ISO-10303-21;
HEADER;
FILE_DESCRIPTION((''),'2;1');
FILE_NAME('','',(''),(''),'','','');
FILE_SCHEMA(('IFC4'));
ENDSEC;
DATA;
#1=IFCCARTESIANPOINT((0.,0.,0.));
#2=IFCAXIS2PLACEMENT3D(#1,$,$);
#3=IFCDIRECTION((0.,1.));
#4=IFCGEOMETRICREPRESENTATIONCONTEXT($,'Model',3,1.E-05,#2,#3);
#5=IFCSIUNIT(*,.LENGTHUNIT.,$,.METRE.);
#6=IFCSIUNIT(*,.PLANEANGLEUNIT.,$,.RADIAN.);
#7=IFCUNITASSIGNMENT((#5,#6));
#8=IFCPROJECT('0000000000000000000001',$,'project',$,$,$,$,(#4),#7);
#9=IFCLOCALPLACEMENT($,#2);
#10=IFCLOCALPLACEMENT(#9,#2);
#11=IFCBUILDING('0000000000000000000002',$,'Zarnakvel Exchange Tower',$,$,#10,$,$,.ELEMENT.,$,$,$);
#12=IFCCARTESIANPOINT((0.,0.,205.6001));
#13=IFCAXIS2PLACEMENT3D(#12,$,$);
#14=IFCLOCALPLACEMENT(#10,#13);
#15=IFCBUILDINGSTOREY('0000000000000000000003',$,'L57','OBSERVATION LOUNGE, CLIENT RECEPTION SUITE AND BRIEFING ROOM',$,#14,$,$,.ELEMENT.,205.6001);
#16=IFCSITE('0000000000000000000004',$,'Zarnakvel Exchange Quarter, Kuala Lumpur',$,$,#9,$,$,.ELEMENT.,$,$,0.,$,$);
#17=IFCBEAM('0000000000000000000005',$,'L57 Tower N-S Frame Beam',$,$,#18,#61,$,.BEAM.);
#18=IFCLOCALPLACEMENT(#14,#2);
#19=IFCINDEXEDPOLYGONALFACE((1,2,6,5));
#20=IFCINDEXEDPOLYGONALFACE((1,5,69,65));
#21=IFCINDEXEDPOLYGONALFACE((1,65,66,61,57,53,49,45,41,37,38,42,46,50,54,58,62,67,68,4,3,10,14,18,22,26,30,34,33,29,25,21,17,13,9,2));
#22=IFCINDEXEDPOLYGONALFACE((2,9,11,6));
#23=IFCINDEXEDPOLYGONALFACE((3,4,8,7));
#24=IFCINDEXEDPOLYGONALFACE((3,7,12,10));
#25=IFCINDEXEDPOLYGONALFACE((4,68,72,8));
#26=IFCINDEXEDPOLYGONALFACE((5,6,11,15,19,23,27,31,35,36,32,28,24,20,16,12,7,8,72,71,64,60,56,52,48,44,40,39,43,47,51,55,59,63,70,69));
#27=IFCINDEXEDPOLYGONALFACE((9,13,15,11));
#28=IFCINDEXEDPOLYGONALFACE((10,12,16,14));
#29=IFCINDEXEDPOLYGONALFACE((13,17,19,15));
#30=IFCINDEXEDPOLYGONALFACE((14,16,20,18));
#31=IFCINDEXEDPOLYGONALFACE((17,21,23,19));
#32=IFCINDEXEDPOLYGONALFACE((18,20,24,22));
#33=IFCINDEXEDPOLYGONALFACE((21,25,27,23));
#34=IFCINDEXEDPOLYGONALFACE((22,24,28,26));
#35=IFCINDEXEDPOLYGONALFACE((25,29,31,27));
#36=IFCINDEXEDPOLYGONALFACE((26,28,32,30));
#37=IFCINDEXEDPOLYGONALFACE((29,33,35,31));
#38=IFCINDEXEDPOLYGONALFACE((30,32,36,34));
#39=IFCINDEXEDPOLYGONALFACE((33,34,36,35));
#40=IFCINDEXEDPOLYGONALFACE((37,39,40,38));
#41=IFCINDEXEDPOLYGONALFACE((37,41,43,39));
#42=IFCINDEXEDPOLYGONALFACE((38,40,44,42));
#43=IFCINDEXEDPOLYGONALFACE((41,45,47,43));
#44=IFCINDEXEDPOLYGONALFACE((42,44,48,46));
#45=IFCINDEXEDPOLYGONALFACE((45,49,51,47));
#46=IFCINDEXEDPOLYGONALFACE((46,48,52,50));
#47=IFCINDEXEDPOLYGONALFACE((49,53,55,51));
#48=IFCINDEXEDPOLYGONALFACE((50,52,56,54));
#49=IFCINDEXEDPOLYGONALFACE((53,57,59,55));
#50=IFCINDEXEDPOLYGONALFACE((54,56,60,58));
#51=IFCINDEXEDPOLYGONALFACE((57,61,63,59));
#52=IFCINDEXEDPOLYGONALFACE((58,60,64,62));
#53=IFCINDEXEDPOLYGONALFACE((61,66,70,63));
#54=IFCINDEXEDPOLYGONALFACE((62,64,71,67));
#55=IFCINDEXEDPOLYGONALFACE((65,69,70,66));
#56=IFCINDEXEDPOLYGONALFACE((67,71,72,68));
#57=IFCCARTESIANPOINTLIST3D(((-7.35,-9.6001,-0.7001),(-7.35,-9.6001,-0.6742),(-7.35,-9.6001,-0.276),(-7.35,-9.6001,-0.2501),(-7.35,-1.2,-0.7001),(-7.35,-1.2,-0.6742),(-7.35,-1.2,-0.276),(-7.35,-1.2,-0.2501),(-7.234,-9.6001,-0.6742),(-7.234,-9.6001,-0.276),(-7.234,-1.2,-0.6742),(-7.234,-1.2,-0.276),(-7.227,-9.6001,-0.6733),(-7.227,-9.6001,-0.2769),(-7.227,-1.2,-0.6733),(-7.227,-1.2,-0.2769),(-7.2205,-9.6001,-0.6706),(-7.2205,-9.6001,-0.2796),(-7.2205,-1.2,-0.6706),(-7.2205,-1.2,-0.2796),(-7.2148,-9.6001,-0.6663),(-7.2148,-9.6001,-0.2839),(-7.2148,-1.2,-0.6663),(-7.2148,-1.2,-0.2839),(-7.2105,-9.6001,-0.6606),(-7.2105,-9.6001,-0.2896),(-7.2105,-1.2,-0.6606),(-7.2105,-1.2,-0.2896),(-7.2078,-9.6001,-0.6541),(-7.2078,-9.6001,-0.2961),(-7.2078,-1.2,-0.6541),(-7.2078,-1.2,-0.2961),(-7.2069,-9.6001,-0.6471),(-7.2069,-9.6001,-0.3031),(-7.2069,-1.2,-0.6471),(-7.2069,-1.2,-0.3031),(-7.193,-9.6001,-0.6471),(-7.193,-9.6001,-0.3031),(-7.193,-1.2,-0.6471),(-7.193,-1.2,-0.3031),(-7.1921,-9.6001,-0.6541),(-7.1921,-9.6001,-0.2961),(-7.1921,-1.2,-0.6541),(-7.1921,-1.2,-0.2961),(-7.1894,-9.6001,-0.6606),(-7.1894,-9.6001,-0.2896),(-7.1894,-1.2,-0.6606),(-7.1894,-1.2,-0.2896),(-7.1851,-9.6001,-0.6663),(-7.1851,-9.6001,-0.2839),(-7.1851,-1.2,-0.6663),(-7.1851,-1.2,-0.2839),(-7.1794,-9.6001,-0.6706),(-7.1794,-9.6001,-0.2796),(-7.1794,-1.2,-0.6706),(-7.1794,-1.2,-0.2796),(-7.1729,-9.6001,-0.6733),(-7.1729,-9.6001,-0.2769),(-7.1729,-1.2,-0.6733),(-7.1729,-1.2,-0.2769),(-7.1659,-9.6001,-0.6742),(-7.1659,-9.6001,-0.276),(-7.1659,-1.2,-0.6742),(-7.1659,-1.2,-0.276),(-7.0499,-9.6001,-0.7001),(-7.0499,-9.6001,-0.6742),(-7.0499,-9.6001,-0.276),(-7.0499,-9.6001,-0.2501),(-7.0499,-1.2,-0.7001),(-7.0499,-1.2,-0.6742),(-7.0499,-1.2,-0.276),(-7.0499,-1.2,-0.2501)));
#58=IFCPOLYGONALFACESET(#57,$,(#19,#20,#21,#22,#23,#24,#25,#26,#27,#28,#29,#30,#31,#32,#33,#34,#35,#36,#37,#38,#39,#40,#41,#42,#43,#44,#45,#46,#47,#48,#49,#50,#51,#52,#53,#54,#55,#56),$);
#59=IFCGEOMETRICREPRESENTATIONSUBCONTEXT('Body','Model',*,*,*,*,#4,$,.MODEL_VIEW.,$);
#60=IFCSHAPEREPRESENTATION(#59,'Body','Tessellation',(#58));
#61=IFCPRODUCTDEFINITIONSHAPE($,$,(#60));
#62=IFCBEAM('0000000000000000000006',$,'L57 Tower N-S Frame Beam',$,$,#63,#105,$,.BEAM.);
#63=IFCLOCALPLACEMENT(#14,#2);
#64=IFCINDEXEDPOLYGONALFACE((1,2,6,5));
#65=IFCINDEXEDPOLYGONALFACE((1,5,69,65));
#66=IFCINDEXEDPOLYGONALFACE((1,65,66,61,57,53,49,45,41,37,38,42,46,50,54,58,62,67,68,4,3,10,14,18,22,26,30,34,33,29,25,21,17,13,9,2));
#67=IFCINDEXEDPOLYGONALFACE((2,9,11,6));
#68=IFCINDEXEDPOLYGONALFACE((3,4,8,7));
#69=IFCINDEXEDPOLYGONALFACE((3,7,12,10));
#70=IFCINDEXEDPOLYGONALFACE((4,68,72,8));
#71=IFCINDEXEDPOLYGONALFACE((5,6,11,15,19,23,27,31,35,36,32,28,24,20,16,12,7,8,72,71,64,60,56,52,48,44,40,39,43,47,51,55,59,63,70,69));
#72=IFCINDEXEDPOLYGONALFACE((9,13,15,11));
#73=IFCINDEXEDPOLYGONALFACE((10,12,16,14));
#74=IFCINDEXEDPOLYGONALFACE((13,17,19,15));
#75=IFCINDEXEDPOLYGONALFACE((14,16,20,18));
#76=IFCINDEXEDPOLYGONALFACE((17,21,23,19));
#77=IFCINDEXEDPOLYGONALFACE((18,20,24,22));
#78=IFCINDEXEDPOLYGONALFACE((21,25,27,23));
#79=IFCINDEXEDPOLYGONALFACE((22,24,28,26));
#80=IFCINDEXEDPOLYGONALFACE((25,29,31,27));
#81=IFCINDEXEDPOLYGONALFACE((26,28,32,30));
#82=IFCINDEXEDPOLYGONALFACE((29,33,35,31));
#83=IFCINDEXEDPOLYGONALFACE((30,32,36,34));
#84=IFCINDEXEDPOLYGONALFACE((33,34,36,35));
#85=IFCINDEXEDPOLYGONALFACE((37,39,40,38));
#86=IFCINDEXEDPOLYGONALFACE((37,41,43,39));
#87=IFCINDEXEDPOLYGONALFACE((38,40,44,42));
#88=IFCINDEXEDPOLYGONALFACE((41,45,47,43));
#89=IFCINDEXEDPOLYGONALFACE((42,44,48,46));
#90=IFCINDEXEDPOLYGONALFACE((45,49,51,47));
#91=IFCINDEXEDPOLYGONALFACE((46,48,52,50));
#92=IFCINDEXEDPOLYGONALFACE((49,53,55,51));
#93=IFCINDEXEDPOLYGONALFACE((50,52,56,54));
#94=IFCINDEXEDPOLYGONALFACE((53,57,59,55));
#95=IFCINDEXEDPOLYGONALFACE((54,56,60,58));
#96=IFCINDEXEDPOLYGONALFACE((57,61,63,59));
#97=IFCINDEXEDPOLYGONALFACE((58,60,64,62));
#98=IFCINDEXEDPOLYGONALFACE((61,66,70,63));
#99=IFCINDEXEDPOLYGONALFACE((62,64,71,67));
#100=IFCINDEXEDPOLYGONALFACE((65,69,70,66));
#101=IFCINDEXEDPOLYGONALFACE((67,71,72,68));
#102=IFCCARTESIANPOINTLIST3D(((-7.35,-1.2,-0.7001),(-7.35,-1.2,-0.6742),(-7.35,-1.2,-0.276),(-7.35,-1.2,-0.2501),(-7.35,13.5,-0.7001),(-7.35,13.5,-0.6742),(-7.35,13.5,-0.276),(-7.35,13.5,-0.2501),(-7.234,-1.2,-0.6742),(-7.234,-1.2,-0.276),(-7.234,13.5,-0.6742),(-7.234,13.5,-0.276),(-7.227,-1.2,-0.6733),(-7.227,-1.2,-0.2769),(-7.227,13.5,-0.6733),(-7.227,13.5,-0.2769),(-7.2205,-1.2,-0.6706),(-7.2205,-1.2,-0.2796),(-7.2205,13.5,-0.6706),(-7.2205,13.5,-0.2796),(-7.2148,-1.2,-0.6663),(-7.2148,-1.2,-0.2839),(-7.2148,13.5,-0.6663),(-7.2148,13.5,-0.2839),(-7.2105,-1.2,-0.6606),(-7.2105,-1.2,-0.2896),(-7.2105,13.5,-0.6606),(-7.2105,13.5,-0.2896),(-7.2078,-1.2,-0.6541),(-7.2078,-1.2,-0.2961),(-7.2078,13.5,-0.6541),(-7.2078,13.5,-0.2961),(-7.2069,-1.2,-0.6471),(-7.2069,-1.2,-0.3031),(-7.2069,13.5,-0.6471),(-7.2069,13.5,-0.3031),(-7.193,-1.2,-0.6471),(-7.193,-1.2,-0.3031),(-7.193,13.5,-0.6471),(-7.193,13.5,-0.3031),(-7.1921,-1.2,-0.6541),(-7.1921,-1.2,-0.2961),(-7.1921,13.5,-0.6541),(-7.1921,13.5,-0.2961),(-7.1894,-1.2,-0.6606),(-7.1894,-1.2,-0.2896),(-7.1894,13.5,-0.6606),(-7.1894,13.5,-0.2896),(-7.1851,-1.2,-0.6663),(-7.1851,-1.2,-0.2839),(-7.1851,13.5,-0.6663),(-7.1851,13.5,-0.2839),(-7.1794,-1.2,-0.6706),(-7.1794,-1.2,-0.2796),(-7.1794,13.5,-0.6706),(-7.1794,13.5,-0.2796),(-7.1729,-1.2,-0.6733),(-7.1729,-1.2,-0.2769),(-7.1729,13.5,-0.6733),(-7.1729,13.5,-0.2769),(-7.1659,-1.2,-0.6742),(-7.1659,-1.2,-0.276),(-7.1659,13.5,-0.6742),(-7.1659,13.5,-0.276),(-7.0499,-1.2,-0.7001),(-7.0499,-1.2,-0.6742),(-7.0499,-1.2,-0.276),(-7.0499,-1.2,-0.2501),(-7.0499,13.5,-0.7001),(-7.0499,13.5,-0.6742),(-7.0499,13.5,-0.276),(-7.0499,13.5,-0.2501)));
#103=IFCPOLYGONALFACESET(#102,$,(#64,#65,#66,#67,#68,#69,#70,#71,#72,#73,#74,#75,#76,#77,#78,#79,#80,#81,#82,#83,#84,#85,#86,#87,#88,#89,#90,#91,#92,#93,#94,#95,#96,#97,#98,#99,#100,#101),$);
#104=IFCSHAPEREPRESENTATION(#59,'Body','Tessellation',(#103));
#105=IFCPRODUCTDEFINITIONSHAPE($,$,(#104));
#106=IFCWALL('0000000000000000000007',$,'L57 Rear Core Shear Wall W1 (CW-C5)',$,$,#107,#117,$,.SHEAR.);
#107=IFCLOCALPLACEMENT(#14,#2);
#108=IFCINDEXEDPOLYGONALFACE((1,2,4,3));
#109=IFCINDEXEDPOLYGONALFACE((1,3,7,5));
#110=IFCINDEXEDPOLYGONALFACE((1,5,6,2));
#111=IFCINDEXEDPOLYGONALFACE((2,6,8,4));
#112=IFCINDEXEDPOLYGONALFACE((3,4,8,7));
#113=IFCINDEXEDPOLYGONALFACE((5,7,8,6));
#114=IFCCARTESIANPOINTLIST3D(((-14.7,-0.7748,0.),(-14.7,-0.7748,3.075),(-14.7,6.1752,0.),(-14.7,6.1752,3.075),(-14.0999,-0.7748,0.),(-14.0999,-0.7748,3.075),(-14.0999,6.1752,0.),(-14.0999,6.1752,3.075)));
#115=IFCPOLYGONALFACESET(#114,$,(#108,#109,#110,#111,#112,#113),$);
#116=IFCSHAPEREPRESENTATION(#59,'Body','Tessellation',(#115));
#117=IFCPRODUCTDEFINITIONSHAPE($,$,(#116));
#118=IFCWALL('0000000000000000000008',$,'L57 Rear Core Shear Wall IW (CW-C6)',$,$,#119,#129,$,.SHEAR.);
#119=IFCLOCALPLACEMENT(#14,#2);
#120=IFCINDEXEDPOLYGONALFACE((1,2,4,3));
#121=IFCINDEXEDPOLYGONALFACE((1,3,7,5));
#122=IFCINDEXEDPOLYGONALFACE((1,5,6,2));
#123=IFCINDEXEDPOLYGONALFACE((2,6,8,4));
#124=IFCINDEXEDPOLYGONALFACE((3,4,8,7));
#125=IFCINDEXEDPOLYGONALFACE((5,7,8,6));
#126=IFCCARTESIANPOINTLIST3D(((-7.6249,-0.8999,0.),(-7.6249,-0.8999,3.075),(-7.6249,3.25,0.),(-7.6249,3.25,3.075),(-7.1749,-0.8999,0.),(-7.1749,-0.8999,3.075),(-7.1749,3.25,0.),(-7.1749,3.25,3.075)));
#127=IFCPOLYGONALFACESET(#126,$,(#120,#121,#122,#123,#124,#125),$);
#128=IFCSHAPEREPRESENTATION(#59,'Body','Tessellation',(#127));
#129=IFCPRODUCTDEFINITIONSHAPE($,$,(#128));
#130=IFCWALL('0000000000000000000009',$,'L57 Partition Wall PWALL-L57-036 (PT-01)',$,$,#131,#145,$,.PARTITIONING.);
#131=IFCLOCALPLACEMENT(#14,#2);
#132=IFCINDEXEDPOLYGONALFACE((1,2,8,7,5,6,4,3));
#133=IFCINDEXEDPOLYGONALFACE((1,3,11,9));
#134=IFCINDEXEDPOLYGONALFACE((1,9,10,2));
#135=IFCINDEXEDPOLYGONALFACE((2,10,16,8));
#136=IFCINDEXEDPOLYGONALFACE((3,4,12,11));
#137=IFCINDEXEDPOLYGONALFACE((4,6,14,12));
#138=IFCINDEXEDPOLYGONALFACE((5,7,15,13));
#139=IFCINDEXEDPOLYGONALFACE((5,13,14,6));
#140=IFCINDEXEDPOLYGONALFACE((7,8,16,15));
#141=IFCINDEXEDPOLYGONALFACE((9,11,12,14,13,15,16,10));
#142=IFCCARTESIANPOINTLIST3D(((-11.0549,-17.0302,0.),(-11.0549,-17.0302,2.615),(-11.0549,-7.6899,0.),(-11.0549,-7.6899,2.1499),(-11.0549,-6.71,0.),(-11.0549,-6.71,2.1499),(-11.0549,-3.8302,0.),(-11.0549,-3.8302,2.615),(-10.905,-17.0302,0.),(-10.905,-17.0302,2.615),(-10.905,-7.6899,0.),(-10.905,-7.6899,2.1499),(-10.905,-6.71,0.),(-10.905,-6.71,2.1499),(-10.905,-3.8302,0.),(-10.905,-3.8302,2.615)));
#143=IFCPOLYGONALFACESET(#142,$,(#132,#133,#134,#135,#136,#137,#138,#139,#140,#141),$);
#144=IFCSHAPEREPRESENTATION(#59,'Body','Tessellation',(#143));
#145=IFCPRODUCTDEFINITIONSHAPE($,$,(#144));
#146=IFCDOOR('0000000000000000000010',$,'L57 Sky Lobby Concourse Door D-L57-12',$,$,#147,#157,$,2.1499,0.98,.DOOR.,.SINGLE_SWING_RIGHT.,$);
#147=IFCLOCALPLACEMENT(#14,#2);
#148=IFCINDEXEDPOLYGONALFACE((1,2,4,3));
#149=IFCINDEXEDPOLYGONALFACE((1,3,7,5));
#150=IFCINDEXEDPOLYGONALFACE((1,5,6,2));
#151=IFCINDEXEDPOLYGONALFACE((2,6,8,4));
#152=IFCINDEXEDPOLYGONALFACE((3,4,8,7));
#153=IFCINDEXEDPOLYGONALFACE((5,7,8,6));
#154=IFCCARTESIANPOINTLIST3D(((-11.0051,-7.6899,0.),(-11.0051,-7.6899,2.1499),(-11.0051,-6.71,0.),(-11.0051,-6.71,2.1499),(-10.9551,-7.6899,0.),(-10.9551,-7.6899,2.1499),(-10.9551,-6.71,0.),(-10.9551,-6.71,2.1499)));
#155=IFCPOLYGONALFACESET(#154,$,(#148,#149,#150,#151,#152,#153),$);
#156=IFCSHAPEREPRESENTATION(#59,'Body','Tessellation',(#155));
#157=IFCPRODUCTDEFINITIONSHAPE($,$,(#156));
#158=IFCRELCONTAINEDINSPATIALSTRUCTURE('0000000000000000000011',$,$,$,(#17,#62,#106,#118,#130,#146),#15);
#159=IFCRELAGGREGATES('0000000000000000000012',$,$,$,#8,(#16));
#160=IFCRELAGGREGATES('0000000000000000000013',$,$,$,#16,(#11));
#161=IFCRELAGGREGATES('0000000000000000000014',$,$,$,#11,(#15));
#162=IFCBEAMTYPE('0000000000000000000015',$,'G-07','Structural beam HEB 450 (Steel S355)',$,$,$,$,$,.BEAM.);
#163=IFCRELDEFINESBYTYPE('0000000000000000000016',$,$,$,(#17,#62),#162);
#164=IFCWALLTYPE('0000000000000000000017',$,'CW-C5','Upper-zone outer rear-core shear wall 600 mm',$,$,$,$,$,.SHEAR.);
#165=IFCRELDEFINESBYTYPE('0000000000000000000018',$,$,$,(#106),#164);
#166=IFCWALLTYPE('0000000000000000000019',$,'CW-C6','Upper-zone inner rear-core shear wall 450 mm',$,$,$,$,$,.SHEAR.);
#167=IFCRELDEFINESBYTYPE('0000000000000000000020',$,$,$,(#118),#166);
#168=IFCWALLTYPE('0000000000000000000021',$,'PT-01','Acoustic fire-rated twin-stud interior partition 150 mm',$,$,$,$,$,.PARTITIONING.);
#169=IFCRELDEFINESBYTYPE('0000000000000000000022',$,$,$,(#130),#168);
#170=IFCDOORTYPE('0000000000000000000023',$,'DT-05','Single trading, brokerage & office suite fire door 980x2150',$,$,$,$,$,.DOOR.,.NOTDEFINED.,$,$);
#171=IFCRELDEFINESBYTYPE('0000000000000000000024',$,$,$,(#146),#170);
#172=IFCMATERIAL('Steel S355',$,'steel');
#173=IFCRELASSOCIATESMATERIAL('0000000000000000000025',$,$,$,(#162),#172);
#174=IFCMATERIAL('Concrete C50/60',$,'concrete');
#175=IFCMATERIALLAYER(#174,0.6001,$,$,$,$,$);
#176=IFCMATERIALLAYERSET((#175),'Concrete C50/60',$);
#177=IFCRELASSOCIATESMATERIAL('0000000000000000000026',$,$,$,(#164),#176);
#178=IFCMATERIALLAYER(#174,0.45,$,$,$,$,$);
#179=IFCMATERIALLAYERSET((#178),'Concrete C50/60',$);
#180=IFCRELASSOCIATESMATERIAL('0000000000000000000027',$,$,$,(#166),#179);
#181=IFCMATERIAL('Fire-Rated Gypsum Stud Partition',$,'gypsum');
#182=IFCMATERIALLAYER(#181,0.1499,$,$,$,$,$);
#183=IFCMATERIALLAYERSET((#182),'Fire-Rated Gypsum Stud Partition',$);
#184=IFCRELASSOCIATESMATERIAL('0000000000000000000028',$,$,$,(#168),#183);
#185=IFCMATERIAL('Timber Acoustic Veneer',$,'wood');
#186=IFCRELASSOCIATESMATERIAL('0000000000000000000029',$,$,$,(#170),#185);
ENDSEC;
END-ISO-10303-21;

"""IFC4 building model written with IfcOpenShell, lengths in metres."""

from ifc_helpers import new_model, si_unit, direction, frame, frame_2d, origin, origin_2d, place, context, subcontext, project, spatial, rectangle, i_section, extrude, source, transform, mapped, material, layer, layer_set, material_profile, profile_set, type_object, element, fill, save


model = new_model("IFC4")

# Units and contexts
model_context = context("Model", 3, precision=1e-05, world=origin(), true_north=direction((0.0, 1.0)))
body_context = subcontext(model_context, "Body", "Model", "MODEL_VIEW")
ifc_project = project(units=[si_unit("LENGTHUNIT", "METRE"), si_unit("PLANEANGLEUNIT", "RADIAN")], contexts=[model_context])

# Site, building, storey
site_placement = place(None, origin())
site = spatial("IfcSite", under=ifc_project, at=site_placement, Name="Zarnakvel Exchange Quarter, Kuala Lumpur", CompositionType="ELEMENT", RefElevation=0.0)
building_placement = place(site_placement, origin())
building = spatial("IfcBuilding", under=site, at=building_placement, Name="Zarnakvel Exchange Tower", CompositionType="ELEMENT")
storey_placement = place(building_placement, frame((0.0, 0.0, 205.6001)))
storey = spatial("IfcBuildingStorey", under=building, at=storey_placement, Name="L57", Description="OBSERVATION LOUNGE, CLIENT RECEPTION SUITE AND BRIEFING ROOM", CompositionType="ELEMENT", Elevation=205.6001)

# Shared definitions
ifc_material_1 = material(Name="Concrete C50/60", Category="concrete")

# Beams
ifc_material_2 = material(Name="Steel S355", Category="steel")
ifc_material_profile_1 = material_profile(ifc_material_2, i_section(OverallWidth=0.3, OverallDepth=0.45, WebThickness=0.0139, FlangeThickness=0.0259, FilletRadius=0.0271, at=origin_2d()))
ifc_profile_set_1 = profile_set([ifc_material_profile_1], Name="Steel S355")
beam_type_1 = type_object("IfcBeamType", Name="G-07", Description="Structural beam HEB 450 (Steel S355)", PredefinedType="BEAM", material=ifc_profile_set_1)
for number, where, z_axis, x_axis, name in (
    (1, (-7.2, -9.6001, -0.4751), (0.0, 1.0, 0.0), (-1.0, 0.0, 0.0), "L57 Tower N-S Frame Beam"),
):
    element("IfcBeam", number, at=place(storey_placement, frame(where, z_axis=z_axis, x_axis=x_axis)), inside=storey, type_object=beam_type_1, Name=name, PredefinedType="BEAM", context=body_context, shape_type="SweptSolid", body=[
        extrude(i_section(OverallWidth=0.3, OverallDepth=0.45, WebThickness=0.0139, FlangeThickness=0.0259, FilletRadius=0.0271, at=origin_2d()), origin(), (0.0, 0.0, 1.0), 8.4001),
    ])
beam_1_placement = place(storey_placement, frame((-7.2, -1.2, -0.4751), z_axis=(0.0, 1.0, 0.0), x_axis=(-1.0, 0.0, 0.0)))
element("IfcBeam", 2, at=beam_1_placement, inside=storey, type_object=beam_type_1, Name="L57 Tower N-S Frame Beam", PredefinedType="BEAM", context=body_context, shape_type="SweptSolid", body=[
    extrude(i_section(OverallWidth=0.3, OverallDepth=0.45, WebThickness=0.0139, FlangeThickness=0.0259, FilletRadius=0.0271, at=origin_2d()), origin(), (0.0, 0.0, 1.0), 14.7),
])

# Wall
ifc_layer_1 = layer(ifc_material_1, 0.6001)
ifc_layer_set_1 = layer_set([ifc_layer_1], Name="Concrete C50/60")
wall_type_1 = type_object("IfcWallType", Name="CW-C5", Description="Upper-zone outer rear-core shear wall 600 mm", PredefinedType="SHEAR", material=ifc_layer_set_1)
wall_1_placement = place(storey_placement, frame((-14.3999, -0.7749, 0.0), z_axis=(0.0, 0.0, 1.0), x_axis=(0.0, 1.0, 0.0)))
element("IfcWall", 3, at=wall_1_placement, inside=storey, type_object=wall_type_1, Name="L57 Rear Core Shear Wall W1 (CW-C5)", PredefinedType="SHEAR", context=body_context, shape_type="SweptSolid", body=[
    extrude(rectangle(XDim=6.95, YDim=0.6001, at=frame_2d((3.4751, 0.0))), origin(), (0.0, 0.0, 1.0), 3.075),
])

# Wall
ifc_layer_2 = layer(ifc_material_1, 0.45)
ifc_layer_set_2 = layer_set([ifc_layer_2], Name="Concrete C50/60")
wall_type_2 = type_object("IfcWallType", Name="CW-C6", Description="Upper-zone inner rear-core shear wall 450 mm", PredefinedType="SHEAR", material=ifc_layer_set_2)
wall_2_placement = place(storey_placement, frame((-7.3999, -0.8999, 0.0), z_axis=(0.0, 0.0, 1.0), x_axis=(0.0, 1.0, 0.0)))
element("IfcWall", 4, at=wall_2_placement, inside=storey, type_object=wall_type_2, Name="L57 Rear Core Shear Wall IW (CW-C6)", PredefinedType="SHEAR", context=body_context, shape_type="SweptSolid", body=[
    extrude(rectangle(XDim=4.1499, YDim=0.45, at=frame_2d((2.075, 0.0))), origin(), (0.0, 0.0, 1.0), 3.075),
])

# Wall, opening, door
ifc_material_3 = material(Name="Fire-Rated Gypsum Stud Partition", Category="gypsum")
ifc_layer_3 = layer(ifc_material_3, 0.1499)
ifc_layer_set_3 = layer_set([ifc_layer_3], Name="Fire-Rated Gypsum Stud Partition")
wall_type_3 = type_object("IfcWallType", Name="PT-01", Description="Acoustic fire-rated twin-stud interior partition 150 mm", PredefinedType="PARTITIONING", material=ifc_layer_set_3)
wall_3_placement = place(storey_placement, frame((-10.98, -3.8301, 0.0), z_axis=(0.0, 0.0, 1.0), x_axis=(0.0, -1.0, 0.0)))
wall_3 = element("IfcWall", 5, at=wall_3_placement, inside=storey, type_object=wall_type_3, Name="L57 Partition Wall PWALL-L57-036 (PT-01)", PredefinedType="PARTITIONING", context=body_context, shape_type="SweptSolid", body=[
    extrude(rectangle(XDim=13.2, YDim=0.1499, at=frame_2d((6.6001, 0.0))), origin(), (0.0, 0.0, 1.0), 2.615),
])
opening_1_placement = place(wall_3_placement, frame((2.8799, 0.0, 0.0)))
opening_1 = element("IfcOpeningElement", 6, at=opening_1_placement, cuts=wall_3, PredefinedType="OPENING", context=body_context, shape_type="SweptSolid", body=[
    extrude(rectangle(XDim=0.98, YDim=2.1499, at=frame_2d((0.49, 1.075))), frame((0.0, 0.085, 0.0), z_axis=(0.0, -1.0, 0.0), x_axis=(1.0, 0.0, 0.0)), (0.0, 0.0, 1.0), 0.1699),
])
ifc_material_4 = material(Name="Timber Acoustic Veneer", Category="wood")
door_type_1 = type_object("IfcDoorType", Name="DT-05", Description="Single trading, brokerage & office suite fire door 980x2150", OperationType="NOTDEFINED", PredefinedType="DOOR", material=ifc_material_4)
shared_shape_1 = source(origin(), body_context, "Body", "SweptSolid", [
    extrude(rectangle(XDim=0.98, YDim=2.1499, at=frame_2d((0.49, 1.075))), frame((0.0, 0.0249, 0.0), z_axis=(0.0, -1.0, 0.0), x_axis=(1.0, 0.0, 0.0)), (0.0, 0.0, 1.0), 0.05),
])
door_1_placement = place(opening_1_placement, origin())
door_1 = element("IfcDoor", 7, at=door_1_placement, inside=storey, type_object=door_type_1, Name="L57 Sky Lobby Concourse Door D-L57-12", OperationType="SINGLE_SWING_RIGHT", OverallHeight=2.1499, OverallWidth=0.98, PredefinedType="DOOR", context=body_context, shape_type="MappedRepresentation", body=[
    mapped(shared_shape_1, transform((0.0, 0.0, 0.0), x_axis=(1.0, 0.0, 0.0), y_axis=(0.0, 1.0, 0.0), z_axis=(0.0, 0.0, 1.0), scale=1.0)),
])
fill(opening_1, door_1)

save(model, "model.ifc")
